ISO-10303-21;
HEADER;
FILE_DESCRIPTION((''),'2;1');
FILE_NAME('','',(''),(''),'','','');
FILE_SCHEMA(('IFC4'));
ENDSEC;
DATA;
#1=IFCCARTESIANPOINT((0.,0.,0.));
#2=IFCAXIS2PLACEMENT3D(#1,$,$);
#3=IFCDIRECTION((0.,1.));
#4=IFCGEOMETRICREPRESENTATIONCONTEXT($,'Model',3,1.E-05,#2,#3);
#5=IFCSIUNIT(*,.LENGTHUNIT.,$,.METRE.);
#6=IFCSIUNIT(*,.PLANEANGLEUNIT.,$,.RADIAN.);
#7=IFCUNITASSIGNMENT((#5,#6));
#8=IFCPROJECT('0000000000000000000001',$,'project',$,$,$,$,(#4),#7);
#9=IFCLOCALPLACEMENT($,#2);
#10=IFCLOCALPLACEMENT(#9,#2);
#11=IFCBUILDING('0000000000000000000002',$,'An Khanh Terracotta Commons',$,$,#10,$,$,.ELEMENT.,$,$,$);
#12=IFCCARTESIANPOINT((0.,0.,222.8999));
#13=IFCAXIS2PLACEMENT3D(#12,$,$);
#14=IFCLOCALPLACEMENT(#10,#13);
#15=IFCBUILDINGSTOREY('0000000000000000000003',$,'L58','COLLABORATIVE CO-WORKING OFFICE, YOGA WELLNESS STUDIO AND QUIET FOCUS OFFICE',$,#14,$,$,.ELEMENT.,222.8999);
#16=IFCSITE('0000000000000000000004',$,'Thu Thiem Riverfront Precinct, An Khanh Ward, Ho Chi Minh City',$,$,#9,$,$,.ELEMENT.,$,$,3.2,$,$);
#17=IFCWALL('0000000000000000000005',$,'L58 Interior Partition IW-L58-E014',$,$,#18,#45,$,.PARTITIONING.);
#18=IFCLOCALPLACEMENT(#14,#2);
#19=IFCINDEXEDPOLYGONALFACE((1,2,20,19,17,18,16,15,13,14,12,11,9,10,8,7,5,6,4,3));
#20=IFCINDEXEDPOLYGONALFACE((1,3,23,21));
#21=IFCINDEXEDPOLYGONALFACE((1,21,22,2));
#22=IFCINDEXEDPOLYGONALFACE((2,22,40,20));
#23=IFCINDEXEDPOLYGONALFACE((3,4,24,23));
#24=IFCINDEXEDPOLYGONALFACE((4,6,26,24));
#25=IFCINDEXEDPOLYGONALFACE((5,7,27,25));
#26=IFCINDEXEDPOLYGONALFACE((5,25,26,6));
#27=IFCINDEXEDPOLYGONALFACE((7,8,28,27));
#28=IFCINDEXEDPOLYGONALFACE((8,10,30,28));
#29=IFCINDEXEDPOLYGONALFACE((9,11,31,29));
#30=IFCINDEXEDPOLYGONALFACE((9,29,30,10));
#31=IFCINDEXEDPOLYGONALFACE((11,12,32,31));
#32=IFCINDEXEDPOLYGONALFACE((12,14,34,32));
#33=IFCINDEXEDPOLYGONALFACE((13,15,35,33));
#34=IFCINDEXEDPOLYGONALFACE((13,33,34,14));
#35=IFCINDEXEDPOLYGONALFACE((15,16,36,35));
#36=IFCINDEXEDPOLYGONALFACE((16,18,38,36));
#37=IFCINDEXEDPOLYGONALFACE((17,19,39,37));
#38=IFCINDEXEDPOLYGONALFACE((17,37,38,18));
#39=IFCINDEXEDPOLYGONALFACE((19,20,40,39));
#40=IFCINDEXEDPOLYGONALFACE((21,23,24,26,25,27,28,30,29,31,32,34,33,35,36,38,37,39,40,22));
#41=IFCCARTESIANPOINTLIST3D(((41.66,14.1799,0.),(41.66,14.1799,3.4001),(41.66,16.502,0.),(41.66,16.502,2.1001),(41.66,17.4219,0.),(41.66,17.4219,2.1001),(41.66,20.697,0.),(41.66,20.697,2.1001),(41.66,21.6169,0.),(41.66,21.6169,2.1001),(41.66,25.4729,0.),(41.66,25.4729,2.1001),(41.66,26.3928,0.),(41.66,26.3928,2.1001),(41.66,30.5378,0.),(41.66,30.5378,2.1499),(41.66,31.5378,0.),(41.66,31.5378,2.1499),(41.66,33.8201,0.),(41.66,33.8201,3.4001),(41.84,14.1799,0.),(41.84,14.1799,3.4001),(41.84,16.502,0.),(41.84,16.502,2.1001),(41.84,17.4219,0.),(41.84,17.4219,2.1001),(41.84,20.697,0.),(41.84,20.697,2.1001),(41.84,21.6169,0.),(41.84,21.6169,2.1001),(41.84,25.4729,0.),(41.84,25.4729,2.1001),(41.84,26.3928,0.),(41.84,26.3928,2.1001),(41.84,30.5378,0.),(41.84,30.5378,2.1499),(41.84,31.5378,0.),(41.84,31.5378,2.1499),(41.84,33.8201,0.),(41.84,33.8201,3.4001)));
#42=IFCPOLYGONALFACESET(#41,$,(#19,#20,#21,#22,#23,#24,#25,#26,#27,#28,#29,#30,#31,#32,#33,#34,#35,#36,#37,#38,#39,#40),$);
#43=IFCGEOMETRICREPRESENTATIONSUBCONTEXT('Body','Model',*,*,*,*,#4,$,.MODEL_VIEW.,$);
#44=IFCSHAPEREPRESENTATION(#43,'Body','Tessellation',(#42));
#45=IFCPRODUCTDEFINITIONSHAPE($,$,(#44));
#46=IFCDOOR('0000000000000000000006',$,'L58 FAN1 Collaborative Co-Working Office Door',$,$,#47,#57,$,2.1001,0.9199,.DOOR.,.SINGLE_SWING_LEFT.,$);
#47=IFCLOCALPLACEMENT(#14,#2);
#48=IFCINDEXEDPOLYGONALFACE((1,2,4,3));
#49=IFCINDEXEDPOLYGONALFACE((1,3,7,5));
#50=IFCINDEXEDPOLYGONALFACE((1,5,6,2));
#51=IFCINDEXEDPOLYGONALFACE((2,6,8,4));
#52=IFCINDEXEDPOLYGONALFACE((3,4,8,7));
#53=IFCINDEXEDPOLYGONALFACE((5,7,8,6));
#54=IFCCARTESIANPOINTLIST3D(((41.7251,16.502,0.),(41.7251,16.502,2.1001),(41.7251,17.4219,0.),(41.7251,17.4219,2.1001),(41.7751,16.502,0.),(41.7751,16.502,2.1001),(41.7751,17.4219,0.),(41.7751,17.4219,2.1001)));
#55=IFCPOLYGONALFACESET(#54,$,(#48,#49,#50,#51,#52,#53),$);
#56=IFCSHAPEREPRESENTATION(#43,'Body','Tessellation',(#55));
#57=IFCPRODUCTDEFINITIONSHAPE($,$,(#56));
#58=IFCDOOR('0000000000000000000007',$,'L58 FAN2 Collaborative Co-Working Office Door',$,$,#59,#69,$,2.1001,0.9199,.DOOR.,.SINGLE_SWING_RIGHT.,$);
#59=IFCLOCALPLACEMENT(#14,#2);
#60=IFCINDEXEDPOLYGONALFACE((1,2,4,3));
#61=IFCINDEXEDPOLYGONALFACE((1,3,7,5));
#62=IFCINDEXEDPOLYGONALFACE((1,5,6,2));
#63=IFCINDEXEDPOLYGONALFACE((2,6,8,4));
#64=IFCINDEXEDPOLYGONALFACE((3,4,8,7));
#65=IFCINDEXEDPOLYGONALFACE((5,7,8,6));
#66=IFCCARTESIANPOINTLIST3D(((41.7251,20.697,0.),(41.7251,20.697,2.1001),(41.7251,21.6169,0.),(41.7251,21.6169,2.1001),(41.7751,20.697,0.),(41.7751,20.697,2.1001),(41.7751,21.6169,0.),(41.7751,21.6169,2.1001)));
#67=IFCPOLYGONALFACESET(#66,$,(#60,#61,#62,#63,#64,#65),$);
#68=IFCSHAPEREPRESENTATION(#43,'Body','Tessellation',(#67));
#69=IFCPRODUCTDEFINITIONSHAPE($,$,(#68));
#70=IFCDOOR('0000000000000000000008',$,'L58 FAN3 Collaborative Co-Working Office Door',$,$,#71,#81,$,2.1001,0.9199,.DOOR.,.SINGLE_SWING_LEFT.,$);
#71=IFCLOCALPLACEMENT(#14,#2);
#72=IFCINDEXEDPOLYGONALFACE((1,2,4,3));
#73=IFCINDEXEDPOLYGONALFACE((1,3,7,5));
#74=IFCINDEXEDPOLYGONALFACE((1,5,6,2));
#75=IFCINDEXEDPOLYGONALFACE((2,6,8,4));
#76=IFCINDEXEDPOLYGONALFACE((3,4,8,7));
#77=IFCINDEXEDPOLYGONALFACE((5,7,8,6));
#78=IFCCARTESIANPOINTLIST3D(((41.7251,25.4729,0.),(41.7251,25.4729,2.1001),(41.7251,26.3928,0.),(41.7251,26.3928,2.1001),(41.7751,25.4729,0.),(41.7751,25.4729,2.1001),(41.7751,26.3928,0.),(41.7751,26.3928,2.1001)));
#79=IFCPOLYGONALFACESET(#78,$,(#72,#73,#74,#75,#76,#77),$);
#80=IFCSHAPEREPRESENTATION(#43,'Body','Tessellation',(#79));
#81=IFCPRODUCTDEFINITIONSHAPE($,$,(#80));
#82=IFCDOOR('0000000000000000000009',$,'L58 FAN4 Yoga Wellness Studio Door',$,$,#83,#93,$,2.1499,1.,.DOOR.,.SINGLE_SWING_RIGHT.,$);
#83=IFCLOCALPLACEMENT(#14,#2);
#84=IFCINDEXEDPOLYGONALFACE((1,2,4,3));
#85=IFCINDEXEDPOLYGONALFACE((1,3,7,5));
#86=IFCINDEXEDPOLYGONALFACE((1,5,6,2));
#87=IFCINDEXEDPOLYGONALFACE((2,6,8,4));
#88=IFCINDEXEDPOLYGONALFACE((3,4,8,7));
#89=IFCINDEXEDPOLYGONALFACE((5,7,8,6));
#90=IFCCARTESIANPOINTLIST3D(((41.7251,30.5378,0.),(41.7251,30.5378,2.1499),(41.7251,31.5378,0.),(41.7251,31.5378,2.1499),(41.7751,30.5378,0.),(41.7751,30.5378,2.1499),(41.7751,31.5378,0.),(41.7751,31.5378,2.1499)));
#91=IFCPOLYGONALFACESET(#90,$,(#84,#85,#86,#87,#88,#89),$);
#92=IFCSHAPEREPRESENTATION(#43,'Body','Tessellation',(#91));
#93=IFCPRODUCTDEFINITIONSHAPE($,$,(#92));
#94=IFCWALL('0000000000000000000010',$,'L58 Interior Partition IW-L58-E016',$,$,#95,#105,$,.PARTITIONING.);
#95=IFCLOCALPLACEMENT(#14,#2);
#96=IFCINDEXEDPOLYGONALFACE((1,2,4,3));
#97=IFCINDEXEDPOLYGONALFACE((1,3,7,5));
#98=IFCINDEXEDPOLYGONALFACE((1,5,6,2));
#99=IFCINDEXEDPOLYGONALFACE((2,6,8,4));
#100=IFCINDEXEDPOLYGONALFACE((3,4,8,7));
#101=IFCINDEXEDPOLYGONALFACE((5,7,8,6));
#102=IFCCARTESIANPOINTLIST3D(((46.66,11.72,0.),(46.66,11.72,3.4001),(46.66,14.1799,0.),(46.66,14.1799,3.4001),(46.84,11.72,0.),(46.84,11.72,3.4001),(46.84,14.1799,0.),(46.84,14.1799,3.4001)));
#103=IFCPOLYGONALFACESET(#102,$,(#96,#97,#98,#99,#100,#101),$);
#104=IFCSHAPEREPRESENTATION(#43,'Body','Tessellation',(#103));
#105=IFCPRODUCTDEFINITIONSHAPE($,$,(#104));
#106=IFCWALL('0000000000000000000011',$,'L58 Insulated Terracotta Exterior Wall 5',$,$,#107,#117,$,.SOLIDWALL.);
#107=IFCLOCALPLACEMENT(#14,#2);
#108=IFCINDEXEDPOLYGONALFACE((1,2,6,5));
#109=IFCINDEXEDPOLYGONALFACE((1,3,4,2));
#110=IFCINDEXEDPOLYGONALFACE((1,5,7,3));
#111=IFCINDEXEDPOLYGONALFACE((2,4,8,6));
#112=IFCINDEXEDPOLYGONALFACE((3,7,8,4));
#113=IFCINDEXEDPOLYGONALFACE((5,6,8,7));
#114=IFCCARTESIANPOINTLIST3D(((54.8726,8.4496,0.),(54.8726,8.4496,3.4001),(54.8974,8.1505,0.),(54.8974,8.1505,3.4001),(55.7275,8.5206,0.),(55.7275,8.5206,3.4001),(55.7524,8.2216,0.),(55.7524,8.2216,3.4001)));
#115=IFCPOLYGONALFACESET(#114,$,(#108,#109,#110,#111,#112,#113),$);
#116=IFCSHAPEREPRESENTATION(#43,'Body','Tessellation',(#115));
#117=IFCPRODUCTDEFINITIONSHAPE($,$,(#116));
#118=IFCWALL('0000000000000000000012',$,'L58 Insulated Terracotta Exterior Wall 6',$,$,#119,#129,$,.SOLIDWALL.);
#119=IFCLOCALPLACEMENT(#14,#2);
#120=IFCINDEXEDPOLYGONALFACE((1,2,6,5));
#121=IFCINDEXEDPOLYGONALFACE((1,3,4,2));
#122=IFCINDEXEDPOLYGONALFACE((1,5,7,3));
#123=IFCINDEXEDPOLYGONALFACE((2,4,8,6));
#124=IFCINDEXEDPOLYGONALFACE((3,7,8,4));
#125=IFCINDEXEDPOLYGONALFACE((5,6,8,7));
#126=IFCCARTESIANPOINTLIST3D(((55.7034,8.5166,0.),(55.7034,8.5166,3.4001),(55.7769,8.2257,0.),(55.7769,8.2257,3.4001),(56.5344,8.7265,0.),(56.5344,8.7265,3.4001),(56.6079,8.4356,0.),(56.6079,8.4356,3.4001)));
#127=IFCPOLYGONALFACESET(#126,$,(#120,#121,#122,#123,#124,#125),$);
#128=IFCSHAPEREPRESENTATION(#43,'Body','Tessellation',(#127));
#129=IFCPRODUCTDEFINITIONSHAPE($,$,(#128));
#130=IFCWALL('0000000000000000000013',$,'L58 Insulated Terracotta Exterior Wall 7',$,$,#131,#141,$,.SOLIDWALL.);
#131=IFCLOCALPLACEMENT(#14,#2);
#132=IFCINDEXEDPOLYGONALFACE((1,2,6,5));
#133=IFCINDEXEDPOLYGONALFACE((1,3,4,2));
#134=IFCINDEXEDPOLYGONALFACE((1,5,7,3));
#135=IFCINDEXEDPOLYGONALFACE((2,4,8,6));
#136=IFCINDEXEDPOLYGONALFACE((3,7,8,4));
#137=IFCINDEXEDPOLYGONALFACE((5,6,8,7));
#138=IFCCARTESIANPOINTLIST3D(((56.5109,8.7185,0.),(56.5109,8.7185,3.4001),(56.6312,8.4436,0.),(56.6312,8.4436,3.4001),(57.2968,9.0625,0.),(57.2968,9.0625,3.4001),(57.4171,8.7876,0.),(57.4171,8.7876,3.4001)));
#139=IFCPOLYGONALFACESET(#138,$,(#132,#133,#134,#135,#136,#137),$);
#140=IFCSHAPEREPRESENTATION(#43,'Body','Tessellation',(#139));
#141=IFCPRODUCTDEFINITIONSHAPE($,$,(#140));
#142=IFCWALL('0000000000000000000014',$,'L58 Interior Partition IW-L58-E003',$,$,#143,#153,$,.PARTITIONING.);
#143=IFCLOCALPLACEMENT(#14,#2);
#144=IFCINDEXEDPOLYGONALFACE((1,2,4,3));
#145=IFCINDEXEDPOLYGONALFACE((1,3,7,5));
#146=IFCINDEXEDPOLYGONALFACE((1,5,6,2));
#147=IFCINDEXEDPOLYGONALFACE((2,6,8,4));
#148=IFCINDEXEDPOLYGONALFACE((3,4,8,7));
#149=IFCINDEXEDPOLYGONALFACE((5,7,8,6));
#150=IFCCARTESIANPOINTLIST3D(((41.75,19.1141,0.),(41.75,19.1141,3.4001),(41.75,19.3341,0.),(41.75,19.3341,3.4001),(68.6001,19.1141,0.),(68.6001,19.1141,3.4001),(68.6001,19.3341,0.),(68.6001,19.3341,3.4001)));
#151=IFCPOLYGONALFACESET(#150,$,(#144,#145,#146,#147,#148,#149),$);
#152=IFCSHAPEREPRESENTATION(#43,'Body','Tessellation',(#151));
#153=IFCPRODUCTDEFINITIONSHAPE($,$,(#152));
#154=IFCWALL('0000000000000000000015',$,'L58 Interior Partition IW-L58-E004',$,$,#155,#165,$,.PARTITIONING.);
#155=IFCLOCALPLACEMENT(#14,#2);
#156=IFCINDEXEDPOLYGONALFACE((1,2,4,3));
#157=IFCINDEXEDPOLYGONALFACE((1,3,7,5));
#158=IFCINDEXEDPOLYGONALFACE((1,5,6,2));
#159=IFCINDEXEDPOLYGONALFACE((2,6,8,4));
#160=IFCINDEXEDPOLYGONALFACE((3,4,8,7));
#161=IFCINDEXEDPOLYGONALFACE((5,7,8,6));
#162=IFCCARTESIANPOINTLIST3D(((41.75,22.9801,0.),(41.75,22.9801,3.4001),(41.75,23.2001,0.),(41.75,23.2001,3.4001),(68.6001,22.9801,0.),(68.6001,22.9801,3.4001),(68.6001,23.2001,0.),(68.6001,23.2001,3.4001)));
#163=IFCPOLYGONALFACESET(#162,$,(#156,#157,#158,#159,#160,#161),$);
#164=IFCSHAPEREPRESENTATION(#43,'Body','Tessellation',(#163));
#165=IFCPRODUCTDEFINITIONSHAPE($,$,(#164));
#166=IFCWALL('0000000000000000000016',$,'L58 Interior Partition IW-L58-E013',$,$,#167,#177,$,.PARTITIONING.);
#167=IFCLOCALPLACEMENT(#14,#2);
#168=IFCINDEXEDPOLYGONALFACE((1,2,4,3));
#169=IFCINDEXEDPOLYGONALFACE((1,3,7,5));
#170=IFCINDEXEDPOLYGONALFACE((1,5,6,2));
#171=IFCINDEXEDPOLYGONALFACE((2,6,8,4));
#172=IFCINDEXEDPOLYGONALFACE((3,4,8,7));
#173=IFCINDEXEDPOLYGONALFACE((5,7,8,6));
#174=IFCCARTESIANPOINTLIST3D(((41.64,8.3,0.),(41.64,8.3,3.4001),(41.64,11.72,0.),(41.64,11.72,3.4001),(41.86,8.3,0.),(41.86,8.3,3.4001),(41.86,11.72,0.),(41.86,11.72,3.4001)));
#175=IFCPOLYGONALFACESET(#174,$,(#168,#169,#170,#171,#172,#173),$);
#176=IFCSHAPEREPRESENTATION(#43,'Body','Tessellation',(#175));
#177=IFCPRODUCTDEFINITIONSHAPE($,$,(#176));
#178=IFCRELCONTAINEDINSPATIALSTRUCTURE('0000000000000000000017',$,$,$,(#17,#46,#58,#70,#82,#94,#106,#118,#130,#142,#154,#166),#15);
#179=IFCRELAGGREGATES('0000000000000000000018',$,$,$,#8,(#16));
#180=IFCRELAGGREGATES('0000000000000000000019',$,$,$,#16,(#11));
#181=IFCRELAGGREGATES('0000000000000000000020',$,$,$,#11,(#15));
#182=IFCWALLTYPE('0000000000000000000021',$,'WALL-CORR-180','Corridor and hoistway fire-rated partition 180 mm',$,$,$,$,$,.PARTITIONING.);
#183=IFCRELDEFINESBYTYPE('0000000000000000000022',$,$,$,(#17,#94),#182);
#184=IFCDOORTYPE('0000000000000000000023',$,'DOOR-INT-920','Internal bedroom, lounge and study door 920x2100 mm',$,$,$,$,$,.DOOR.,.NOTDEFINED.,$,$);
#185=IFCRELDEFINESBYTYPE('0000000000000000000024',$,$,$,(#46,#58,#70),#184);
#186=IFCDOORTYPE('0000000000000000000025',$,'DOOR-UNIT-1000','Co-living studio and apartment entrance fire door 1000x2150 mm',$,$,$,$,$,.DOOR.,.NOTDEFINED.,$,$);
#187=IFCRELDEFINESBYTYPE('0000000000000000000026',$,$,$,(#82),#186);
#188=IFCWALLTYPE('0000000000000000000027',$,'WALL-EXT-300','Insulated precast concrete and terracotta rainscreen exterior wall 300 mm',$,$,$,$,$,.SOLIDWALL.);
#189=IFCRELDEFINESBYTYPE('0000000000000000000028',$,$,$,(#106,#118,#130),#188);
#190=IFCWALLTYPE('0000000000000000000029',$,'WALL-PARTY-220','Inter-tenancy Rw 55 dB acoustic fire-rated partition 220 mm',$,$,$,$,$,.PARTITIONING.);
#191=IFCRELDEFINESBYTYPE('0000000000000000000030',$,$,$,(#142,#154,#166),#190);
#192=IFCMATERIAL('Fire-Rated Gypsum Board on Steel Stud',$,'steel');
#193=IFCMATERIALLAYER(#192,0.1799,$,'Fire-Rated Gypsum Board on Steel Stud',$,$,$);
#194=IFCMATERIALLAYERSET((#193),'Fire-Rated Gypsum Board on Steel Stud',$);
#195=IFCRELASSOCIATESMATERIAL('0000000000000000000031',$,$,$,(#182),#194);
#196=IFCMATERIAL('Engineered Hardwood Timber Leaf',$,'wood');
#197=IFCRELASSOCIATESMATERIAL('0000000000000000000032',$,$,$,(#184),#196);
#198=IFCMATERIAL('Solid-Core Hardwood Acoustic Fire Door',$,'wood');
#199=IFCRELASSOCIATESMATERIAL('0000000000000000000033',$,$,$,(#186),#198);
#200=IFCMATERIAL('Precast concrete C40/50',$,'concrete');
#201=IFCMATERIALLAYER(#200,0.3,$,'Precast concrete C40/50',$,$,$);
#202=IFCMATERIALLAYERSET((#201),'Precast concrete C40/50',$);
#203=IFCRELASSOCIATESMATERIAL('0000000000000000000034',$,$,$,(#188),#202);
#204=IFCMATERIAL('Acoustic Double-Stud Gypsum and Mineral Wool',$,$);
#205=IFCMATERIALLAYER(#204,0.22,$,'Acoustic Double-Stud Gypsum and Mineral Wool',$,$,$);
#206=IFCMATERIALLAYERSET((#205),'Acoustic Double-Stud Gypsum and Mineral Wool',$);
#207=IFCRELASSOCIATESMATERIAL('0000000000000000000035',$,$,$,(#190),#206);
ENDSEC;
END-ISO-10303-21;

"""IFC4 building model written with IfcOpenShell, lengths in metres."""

from ifc_helpers import new_model, si_unit, direction, frame, frame_2d, origin, place, context, subcontext, project, spatial, rectangle, extrude, material, layer, layer_set, type_object, element, fill, save


model = new_model("IFC4")

# Units and contexts
model_context = context("Model", 3, precision=1e-05, world=origin(), true_north=direction((0.0, 1.0)))
body_context = subcontext(model_context, "Body", "Model", "MODEL_VIEW")
ifc_project = project(units=[si_unit("LENGTHUNIT", "METRE"), si_unit("PLANEANGLEUNIT", "RADIAN")], contexts=[model_context])

# Site, building, storey
site_placement = place(None, origin())
site = spatial("IfcSite", under=ifc_project, at=site_placement, Name="Thu Thiem Riverfront Precinct, An Khanh Ward, Ho Chi Minh City", CompositionType="ELEMENT", RefElevation=3.2)
building_placement = place(site_placement, origin())
building = spatial("IfcBuilding", under=site, at=building_placement, Name="An Khanh Terracotta Commons", CompositionType="ELEMENT")
storey_placement = place(building_placement, frame((0.0, 0.0, 222.8999)))
storey = spatial("IfcBuildingStorey", under=building, at=storey_placement, Name="L58", Description="COLLABORATIVE CO-WORKING OFFICE, YOGA WELLNESS STUDIO AND QUIET FOCUS OFFICE", CompositionType="ELEMENT", Elevation=222.8999)

# Shared definitions
ifc_material_1 = material(Name="Fire-Rated Gypsum Board on Steel Stud", Category="steel")
ifc_layer_1 = layer(ifc_material_1, 0.1799, Name="Fire-Rated Gypsum Board on Steel Stud")
ifc_layer_set_1 = layer_set([ifc_layer_1], Name="Fire-Rated Gypsum Board on Steel Stud")
wall_type_1 = type_object("IfcWallType", Name="WALL-CORR-180", Description="Corridor and hoistway fire-rated partition 180 mm", PredefinedType="PARTITIONING", material=ifc_layer_set_1)

# Wall, openings, doors
wall_1_placement = place(storey_placement, frame((41.75, 14.1799, 0.0), z_axis=(0.0, 0.0, 1.0), x_axis=(0.0, 1.0, 0.0)))
wall_1 = element("IfcWall", 1, at=wall_1_placement, inside=storey, type_object=wall_type_1, Name="L58 Interior Partition IW-L58-E014", PredefinedType="PARTITIONING", context=body_context, shape_type="SweptSolid", body=[
    extrude(rectangle(XDim=19.6401, YDim=0.1799, at=frame_2d((9.8201, 0.0))), origin(), (0.0, 0.0, 1.0), 3.4001),
])
opening_1_placement = place(wall_1_placement, frame((2.322, 0.0, 0.0)))
opening_1 = element("IfcOpeningElement", 2, at=opening_1_placement, cuts=wall_1, PredefinedType="OPENING", context=body_context, shape_type="SweptSolid", body=[
    extrude(rectangle(XDim=0.9199, YDim=2.1001, at=frame_2d((0.46, 1.05))), frame((0.0, 0.0999, 0.0), z_axis=(0.0, -1.0, 0.0), x_axis=(1.0, 0.0, 0.0)), (0.0, 0.0, 1.0), 0.2),
])
opening_2_placement = place(wall_1_placement, frame((6.5171, 0.0, 0.0)))
opening_2 = element("IfcOpeningElement", 3, at=opening_2_placement, cuts=wall_1, PredefinedType="OPENING", context=body_context, shape_type="SweptSolid", body=[
    extrude(rectangle(XDim=0.9199, YDim=2.1001, at=frame_2d((0.46, 1.05))), frame((0.0, 0.0999, 0.0), z_axis=(0.0, -1.0, 0.0), x_axis=(1.0, 0.0, 0.0)), (0.0, 0.0, 1.0), 0.2),
])
opening_3_placement = place(wall_1_placement, frame((11.293, 0.0, 0.0)))
opening_3 = element("IfcOpeningElement", 4, at=opening_3_placement, cuts=wall_1, PredefinedType="OPENING", context=body_context, shape_type="SweptSolid", body=[
    extrude(rectangle(XDim=0.9199, YDim=2.1001, at=frame_2d((0.46, 1.05))), frame((0.0, 0.0999, 0.0), z_axis=(0.0, -1.0, 0.0), x_axis=(1.0, 0.0, 0.0)), (0.0, 0.0, 1.0), 0.2),
])
opening_4_placement = place(wall_1_placement, frame((16.3579, 0.0, 0.0)))
opening_4 = element("IfcOpeningElement", 5, at=opening_4_placement, cuts=wall_1, PredefinedType="OPENING", context=body_context, shape_type="SweptSolid", body=[
    extrude(rectangle(XDim=1.0, YDim=2.1499, at=frame_2d((0.5, 1.075))), frame((0.0, 0.0999, 0.0), z_axis=(0.0, -1.0, 0.0), x_axis=(1.0, 0.0, 0.0)), (0.0, 0.0, 1.0), 0.2),
])
ifc_material_2 = material(Name="Engineered Hardwood Timber Leaf", Category="wood")
door_type_1 = type_object("IfcDoorType", Name="DOOR-INT-920", Description="Internal bedroom, lounge and study door 920x2100 mm", OperationType="NOTDEFINED", PredefinedType="DOOR", material=ifc_material_2)
door_1_placement = place(opening_1_placement, origin())
door_1 = element("IfcDoor", 6, at=door_1_placement, inside=storey, type_object=door_type_1, Name="L58 FAN1 Collaborative Co-Working Office Door", OperationType="SINGLE_SWING_LEFT", OverallHeight=2.1001, OverallWidth=0.9199, PredefinedType="DOOR", context=body_context, shape_type="SweptSolid", body=[
    extrude(rectangle(XDim=0.9199, YDim=2.1001, at=frame_2d((0.46, 1.05))), frame((0.0, 0.0249, 0.0), z_axis=(0.0, -1.0, 0.0), x_axis=(1.0, 0.0, 0.0)), (0.0, 0.0, 1.0), 0.05),
])
fill(opening_1, door_1)
door_2_placement = place(opening_2_placement, origin())
door_2 = element("IfcDoor", 7, at=door_2_placement, inside=storey, type_object=door_type_1, Name="L58 FAN2 Collaborative Co-Working Office Door", OperationType="SINGLE_SWING_RIGHT", OverallHeight=2.1001, OverallWidth=0.9199, PredefinedType="DOOR", context=body_context, shape_type="SweptSolid", body=[
    extrude(rectangle(XDim=0.9199, YDim=2.1001, at=frame_2d((0.46, 1.05))), frame((0.0, 0.0249, 0.0), z_axis=(0.0, -1.0, 0.0), x_axis=(1.0, 0.0, 0.0)), (0.0, 0.0, 1.0), 0.05),
])
fill(opening_2, door_2)
door_3_placement = place(opening_3_placement, origin())
door_3 = element("IfcDoor", 8, at=door_3_placement, inside=storey, type_object=door_type_1, Name="L58 FAN3 Collaborative Co-Working Office Door", OperationType="SINGLE_SWING_LEFT", OverallHeight=2.1001, OverallWidth=0.9199, PredefinedType="DOOR", context=body_context, shape_type="SweptSolid", body=[
    extrude(rectangle(XDim=0.9199, YDim=2.1001, at=frame_2d((0.46, 1.05))), frame((0.0, 0.0249, 0.0), z_axis=(0.0, -1.0, 0.0), x_axis=(1.0, 0.0, 0.0)), (0.0, 0.0, 1.0), 0.05),
])
fill(opening_3, door_3)
ifc_material_3 = material(Name="Solid-Core Hardwood Acoustic Fire Door", Category="wood")
door_type_2 = type_object("IfcDoorType", Name="DOOR-UNIT-1000", Description="Co-living studio and apartment entrance fire door 1000x2150 mm", OperationType="NOTDEFINED", PredefinedType="DOOR", material=ifc_material_3)
door_4_placement = place(opening_4_placement, origin())
door_4 = element("IfcDoor", 9, at=door_4_placement, inside=storey, type_object=door_type_2, Name="L58 FAN4 Yoga Wellness Studio Door", OperationType="SINGLE_SWING_RIGHT", OverallHeight=2.1499, OverallWidth=1.0, PredefinedType="DOOR", context=body_context, shape_type="SweptSolid", body=[
    extrude(rectangle(XDim=1.0, YDim=2.1499, at=frame_2d((0.5, 1.075))), frame((0.0, 0.0249, 0.0), z_axis=(0.0, -1.0, 0.0), x_axis=(1.0, 0.0, 0.0)), (0.0, 0.0, 1.0), 0.05),
])
fill(opening_4, door_4)

# Walls
wall_2_placement = place(storey_placement, frame((46.75, 11.72, 0.0), z_axis=(0.0, 0.0, 1.0), x_axis=(0.0, 1.0, 0.0)))
element("IfcWall", 10, at=wall_2_placement, inside=storey, type_object=wall_type_1, Name="L58 Interior Partition IW-L58-E016", PredefinedType="PARTITIONING", context=body_context, shape_type="SweptSolid", body=[
    extrude(rectangle(XDim=2.46, YDim=0.1799, at=frame_2d((1.23, 0.0))), origin(), (0.0, 0.0, 1.0), 3.4001),
])
ifc_material_4 = material(Name="Precast concrete C40/50", Category="concrete")
ifc_layer_2 = layer(ifc_material_4, 0.3, Name="Precast concrete C40/50")
ifc_layer_set_2 = layer_set([ifc_layer_2], Name="Precast concrete C40/50")
wall_type_2 = type_object("IfcWallType", Name="WALL-EXT-300", Description="Insulated precast concrete and terracotta rainscreen exterior wall 300 mm", PredefinedType="SOLIDWALL", material=ifc_layer_set_2)
wall_3_placement = place(storey_placement, frame((54.885, 8.3, 0.0), z_axis=(0.0, 0.0, 1.0), x_axis=(0.996565, 0.08281, 0.0)))
element("IfcWall", 11, at=wall_3_placement, inside=storey, type_object=wall_type_2, Name="L58 Insulated Terracotta Exterior Wall 5", PredefinedType="SOLIDWALL", context=body_context, shape_type="SweptSolid", body=[
    extrude(rectangle(XDim=0.8579, YDim=0.3, at=frame_2d((0.429, 0.0))), origin(), (0.0, 0.0, 1.0), 3.4001),
])
wall_4_placement = place(storey_placement, frame((55.74, 8.3711, 0.0), z_axis=(0.0, 0.0, 1.0), x_axis=(0.969536, 0.244947, 0.0)))
element("IfcWall", 12, at=wall_4_placement, inside=storey, type_object=wall_type_2, Name="L58 Insulated Terracotta Exterior Wall 6", PredefinedType="SOLIDWALL", context=body_context, shape_type="SweptSolid", body=[
    extrude(rectangle(XDim=0.8572, YDim=0.3, at=frame_2d((0.4287, 0.0))), origin(), (0.0, 0.0, 1.0), 3.4001),
])
wall_5_placement = place(storey_placement, frame((56.571, 8.5811, 0.0), z_axis=(0.0, 0.0, 1.0), x_axis=(0.916085, 0.400983, 0.0)))
element("IfcWall", 13, at=wall_5_placement, inside=storey, type_object=wall_type_2, Name="L58 Insulated Terracotta Exterior Wall 7", PredefinedType="SOLIDWALL", context=body_context, shape_type="SweptSolid", body=[
    extrude(rectangle(XDim=0.8579, YDim=0.3, at=frame_2d((0.429, 0.0))), origin(), (0.0, 0.0, 1.0), 3.4001),
])
ifc_material_5 = material(Name="Acoustic Double-Stud Gypsum and Mineral Wool")
ifc_layer_3 = layer(ifc_material_5, 0.22, Name="Acoustic Double-Stud Gypsum and Mineral Wool")
ifc_layer_set_3 = layer_set([ifc_layer_3], Name="Acoustic Double-Stud Gypsum and Mineral Wool")
wall_type_3 = type_object("IfcWallType", Name="WALL-PARTY-220", Description="Inter-tenancy Rw 55 dB acoustic fire-rated partition 220 mm", PredefinedType="PARTITIONING", material=ifc_layer_set_3)
for number, where, z_axis, x_axis, name in (
    (14, (41.75, 19.2241, 0.0), (0.0, 0.0, 1.0), (1.0, 0.0, 0.0), "L58 Interior Partition IW-L58-E003"),
    (15, (41.75, 23.0901, 0.0), (0.0, 0.0, 1.0), (1.0, 0.0, 0.0), "L58 Interior Partition IW-L58-E004"),
):
    element("IfcWall", number, at=place(storey_placement, frame(where, z_axis=z_axis, x_axis=x_axis)), inside=storey, type_object=wall_type_3, Name=name, PredefinedType="PARTITIONING", context=body_context, shape_type="SweptSolid", body=[
        extrude(rectangle(XDim=26.8501, YDim=0.22, at=frame_2d((13.425, 0.0))), origin(), (0.0, 0.0, 1.0), 3.4001),
    ])
wall_6_placement = place(storey_placement, frame((41.75, 8.3, 0.0), z_axis=(0.0, 0.0, 1.0), x_axis=(0.0, 1.0, 0.0)))
element("IfcWall", 16, at=wall_6_placement, inside=storey, type_object=wall_type_3, Name="L58 Interior Partition IW-L58-E013", PredefinedType="PARTITIONING", context=body_context, shape_type="SweptSolid", body=[
    extrude(rectangle(XDim=3.4199, YDim=0.22, at=frame_2d((1.71, 0.0))), origin(), (0.0, 0.0, 1.0), 3.4001),
])

save(model, "model.ifc")
